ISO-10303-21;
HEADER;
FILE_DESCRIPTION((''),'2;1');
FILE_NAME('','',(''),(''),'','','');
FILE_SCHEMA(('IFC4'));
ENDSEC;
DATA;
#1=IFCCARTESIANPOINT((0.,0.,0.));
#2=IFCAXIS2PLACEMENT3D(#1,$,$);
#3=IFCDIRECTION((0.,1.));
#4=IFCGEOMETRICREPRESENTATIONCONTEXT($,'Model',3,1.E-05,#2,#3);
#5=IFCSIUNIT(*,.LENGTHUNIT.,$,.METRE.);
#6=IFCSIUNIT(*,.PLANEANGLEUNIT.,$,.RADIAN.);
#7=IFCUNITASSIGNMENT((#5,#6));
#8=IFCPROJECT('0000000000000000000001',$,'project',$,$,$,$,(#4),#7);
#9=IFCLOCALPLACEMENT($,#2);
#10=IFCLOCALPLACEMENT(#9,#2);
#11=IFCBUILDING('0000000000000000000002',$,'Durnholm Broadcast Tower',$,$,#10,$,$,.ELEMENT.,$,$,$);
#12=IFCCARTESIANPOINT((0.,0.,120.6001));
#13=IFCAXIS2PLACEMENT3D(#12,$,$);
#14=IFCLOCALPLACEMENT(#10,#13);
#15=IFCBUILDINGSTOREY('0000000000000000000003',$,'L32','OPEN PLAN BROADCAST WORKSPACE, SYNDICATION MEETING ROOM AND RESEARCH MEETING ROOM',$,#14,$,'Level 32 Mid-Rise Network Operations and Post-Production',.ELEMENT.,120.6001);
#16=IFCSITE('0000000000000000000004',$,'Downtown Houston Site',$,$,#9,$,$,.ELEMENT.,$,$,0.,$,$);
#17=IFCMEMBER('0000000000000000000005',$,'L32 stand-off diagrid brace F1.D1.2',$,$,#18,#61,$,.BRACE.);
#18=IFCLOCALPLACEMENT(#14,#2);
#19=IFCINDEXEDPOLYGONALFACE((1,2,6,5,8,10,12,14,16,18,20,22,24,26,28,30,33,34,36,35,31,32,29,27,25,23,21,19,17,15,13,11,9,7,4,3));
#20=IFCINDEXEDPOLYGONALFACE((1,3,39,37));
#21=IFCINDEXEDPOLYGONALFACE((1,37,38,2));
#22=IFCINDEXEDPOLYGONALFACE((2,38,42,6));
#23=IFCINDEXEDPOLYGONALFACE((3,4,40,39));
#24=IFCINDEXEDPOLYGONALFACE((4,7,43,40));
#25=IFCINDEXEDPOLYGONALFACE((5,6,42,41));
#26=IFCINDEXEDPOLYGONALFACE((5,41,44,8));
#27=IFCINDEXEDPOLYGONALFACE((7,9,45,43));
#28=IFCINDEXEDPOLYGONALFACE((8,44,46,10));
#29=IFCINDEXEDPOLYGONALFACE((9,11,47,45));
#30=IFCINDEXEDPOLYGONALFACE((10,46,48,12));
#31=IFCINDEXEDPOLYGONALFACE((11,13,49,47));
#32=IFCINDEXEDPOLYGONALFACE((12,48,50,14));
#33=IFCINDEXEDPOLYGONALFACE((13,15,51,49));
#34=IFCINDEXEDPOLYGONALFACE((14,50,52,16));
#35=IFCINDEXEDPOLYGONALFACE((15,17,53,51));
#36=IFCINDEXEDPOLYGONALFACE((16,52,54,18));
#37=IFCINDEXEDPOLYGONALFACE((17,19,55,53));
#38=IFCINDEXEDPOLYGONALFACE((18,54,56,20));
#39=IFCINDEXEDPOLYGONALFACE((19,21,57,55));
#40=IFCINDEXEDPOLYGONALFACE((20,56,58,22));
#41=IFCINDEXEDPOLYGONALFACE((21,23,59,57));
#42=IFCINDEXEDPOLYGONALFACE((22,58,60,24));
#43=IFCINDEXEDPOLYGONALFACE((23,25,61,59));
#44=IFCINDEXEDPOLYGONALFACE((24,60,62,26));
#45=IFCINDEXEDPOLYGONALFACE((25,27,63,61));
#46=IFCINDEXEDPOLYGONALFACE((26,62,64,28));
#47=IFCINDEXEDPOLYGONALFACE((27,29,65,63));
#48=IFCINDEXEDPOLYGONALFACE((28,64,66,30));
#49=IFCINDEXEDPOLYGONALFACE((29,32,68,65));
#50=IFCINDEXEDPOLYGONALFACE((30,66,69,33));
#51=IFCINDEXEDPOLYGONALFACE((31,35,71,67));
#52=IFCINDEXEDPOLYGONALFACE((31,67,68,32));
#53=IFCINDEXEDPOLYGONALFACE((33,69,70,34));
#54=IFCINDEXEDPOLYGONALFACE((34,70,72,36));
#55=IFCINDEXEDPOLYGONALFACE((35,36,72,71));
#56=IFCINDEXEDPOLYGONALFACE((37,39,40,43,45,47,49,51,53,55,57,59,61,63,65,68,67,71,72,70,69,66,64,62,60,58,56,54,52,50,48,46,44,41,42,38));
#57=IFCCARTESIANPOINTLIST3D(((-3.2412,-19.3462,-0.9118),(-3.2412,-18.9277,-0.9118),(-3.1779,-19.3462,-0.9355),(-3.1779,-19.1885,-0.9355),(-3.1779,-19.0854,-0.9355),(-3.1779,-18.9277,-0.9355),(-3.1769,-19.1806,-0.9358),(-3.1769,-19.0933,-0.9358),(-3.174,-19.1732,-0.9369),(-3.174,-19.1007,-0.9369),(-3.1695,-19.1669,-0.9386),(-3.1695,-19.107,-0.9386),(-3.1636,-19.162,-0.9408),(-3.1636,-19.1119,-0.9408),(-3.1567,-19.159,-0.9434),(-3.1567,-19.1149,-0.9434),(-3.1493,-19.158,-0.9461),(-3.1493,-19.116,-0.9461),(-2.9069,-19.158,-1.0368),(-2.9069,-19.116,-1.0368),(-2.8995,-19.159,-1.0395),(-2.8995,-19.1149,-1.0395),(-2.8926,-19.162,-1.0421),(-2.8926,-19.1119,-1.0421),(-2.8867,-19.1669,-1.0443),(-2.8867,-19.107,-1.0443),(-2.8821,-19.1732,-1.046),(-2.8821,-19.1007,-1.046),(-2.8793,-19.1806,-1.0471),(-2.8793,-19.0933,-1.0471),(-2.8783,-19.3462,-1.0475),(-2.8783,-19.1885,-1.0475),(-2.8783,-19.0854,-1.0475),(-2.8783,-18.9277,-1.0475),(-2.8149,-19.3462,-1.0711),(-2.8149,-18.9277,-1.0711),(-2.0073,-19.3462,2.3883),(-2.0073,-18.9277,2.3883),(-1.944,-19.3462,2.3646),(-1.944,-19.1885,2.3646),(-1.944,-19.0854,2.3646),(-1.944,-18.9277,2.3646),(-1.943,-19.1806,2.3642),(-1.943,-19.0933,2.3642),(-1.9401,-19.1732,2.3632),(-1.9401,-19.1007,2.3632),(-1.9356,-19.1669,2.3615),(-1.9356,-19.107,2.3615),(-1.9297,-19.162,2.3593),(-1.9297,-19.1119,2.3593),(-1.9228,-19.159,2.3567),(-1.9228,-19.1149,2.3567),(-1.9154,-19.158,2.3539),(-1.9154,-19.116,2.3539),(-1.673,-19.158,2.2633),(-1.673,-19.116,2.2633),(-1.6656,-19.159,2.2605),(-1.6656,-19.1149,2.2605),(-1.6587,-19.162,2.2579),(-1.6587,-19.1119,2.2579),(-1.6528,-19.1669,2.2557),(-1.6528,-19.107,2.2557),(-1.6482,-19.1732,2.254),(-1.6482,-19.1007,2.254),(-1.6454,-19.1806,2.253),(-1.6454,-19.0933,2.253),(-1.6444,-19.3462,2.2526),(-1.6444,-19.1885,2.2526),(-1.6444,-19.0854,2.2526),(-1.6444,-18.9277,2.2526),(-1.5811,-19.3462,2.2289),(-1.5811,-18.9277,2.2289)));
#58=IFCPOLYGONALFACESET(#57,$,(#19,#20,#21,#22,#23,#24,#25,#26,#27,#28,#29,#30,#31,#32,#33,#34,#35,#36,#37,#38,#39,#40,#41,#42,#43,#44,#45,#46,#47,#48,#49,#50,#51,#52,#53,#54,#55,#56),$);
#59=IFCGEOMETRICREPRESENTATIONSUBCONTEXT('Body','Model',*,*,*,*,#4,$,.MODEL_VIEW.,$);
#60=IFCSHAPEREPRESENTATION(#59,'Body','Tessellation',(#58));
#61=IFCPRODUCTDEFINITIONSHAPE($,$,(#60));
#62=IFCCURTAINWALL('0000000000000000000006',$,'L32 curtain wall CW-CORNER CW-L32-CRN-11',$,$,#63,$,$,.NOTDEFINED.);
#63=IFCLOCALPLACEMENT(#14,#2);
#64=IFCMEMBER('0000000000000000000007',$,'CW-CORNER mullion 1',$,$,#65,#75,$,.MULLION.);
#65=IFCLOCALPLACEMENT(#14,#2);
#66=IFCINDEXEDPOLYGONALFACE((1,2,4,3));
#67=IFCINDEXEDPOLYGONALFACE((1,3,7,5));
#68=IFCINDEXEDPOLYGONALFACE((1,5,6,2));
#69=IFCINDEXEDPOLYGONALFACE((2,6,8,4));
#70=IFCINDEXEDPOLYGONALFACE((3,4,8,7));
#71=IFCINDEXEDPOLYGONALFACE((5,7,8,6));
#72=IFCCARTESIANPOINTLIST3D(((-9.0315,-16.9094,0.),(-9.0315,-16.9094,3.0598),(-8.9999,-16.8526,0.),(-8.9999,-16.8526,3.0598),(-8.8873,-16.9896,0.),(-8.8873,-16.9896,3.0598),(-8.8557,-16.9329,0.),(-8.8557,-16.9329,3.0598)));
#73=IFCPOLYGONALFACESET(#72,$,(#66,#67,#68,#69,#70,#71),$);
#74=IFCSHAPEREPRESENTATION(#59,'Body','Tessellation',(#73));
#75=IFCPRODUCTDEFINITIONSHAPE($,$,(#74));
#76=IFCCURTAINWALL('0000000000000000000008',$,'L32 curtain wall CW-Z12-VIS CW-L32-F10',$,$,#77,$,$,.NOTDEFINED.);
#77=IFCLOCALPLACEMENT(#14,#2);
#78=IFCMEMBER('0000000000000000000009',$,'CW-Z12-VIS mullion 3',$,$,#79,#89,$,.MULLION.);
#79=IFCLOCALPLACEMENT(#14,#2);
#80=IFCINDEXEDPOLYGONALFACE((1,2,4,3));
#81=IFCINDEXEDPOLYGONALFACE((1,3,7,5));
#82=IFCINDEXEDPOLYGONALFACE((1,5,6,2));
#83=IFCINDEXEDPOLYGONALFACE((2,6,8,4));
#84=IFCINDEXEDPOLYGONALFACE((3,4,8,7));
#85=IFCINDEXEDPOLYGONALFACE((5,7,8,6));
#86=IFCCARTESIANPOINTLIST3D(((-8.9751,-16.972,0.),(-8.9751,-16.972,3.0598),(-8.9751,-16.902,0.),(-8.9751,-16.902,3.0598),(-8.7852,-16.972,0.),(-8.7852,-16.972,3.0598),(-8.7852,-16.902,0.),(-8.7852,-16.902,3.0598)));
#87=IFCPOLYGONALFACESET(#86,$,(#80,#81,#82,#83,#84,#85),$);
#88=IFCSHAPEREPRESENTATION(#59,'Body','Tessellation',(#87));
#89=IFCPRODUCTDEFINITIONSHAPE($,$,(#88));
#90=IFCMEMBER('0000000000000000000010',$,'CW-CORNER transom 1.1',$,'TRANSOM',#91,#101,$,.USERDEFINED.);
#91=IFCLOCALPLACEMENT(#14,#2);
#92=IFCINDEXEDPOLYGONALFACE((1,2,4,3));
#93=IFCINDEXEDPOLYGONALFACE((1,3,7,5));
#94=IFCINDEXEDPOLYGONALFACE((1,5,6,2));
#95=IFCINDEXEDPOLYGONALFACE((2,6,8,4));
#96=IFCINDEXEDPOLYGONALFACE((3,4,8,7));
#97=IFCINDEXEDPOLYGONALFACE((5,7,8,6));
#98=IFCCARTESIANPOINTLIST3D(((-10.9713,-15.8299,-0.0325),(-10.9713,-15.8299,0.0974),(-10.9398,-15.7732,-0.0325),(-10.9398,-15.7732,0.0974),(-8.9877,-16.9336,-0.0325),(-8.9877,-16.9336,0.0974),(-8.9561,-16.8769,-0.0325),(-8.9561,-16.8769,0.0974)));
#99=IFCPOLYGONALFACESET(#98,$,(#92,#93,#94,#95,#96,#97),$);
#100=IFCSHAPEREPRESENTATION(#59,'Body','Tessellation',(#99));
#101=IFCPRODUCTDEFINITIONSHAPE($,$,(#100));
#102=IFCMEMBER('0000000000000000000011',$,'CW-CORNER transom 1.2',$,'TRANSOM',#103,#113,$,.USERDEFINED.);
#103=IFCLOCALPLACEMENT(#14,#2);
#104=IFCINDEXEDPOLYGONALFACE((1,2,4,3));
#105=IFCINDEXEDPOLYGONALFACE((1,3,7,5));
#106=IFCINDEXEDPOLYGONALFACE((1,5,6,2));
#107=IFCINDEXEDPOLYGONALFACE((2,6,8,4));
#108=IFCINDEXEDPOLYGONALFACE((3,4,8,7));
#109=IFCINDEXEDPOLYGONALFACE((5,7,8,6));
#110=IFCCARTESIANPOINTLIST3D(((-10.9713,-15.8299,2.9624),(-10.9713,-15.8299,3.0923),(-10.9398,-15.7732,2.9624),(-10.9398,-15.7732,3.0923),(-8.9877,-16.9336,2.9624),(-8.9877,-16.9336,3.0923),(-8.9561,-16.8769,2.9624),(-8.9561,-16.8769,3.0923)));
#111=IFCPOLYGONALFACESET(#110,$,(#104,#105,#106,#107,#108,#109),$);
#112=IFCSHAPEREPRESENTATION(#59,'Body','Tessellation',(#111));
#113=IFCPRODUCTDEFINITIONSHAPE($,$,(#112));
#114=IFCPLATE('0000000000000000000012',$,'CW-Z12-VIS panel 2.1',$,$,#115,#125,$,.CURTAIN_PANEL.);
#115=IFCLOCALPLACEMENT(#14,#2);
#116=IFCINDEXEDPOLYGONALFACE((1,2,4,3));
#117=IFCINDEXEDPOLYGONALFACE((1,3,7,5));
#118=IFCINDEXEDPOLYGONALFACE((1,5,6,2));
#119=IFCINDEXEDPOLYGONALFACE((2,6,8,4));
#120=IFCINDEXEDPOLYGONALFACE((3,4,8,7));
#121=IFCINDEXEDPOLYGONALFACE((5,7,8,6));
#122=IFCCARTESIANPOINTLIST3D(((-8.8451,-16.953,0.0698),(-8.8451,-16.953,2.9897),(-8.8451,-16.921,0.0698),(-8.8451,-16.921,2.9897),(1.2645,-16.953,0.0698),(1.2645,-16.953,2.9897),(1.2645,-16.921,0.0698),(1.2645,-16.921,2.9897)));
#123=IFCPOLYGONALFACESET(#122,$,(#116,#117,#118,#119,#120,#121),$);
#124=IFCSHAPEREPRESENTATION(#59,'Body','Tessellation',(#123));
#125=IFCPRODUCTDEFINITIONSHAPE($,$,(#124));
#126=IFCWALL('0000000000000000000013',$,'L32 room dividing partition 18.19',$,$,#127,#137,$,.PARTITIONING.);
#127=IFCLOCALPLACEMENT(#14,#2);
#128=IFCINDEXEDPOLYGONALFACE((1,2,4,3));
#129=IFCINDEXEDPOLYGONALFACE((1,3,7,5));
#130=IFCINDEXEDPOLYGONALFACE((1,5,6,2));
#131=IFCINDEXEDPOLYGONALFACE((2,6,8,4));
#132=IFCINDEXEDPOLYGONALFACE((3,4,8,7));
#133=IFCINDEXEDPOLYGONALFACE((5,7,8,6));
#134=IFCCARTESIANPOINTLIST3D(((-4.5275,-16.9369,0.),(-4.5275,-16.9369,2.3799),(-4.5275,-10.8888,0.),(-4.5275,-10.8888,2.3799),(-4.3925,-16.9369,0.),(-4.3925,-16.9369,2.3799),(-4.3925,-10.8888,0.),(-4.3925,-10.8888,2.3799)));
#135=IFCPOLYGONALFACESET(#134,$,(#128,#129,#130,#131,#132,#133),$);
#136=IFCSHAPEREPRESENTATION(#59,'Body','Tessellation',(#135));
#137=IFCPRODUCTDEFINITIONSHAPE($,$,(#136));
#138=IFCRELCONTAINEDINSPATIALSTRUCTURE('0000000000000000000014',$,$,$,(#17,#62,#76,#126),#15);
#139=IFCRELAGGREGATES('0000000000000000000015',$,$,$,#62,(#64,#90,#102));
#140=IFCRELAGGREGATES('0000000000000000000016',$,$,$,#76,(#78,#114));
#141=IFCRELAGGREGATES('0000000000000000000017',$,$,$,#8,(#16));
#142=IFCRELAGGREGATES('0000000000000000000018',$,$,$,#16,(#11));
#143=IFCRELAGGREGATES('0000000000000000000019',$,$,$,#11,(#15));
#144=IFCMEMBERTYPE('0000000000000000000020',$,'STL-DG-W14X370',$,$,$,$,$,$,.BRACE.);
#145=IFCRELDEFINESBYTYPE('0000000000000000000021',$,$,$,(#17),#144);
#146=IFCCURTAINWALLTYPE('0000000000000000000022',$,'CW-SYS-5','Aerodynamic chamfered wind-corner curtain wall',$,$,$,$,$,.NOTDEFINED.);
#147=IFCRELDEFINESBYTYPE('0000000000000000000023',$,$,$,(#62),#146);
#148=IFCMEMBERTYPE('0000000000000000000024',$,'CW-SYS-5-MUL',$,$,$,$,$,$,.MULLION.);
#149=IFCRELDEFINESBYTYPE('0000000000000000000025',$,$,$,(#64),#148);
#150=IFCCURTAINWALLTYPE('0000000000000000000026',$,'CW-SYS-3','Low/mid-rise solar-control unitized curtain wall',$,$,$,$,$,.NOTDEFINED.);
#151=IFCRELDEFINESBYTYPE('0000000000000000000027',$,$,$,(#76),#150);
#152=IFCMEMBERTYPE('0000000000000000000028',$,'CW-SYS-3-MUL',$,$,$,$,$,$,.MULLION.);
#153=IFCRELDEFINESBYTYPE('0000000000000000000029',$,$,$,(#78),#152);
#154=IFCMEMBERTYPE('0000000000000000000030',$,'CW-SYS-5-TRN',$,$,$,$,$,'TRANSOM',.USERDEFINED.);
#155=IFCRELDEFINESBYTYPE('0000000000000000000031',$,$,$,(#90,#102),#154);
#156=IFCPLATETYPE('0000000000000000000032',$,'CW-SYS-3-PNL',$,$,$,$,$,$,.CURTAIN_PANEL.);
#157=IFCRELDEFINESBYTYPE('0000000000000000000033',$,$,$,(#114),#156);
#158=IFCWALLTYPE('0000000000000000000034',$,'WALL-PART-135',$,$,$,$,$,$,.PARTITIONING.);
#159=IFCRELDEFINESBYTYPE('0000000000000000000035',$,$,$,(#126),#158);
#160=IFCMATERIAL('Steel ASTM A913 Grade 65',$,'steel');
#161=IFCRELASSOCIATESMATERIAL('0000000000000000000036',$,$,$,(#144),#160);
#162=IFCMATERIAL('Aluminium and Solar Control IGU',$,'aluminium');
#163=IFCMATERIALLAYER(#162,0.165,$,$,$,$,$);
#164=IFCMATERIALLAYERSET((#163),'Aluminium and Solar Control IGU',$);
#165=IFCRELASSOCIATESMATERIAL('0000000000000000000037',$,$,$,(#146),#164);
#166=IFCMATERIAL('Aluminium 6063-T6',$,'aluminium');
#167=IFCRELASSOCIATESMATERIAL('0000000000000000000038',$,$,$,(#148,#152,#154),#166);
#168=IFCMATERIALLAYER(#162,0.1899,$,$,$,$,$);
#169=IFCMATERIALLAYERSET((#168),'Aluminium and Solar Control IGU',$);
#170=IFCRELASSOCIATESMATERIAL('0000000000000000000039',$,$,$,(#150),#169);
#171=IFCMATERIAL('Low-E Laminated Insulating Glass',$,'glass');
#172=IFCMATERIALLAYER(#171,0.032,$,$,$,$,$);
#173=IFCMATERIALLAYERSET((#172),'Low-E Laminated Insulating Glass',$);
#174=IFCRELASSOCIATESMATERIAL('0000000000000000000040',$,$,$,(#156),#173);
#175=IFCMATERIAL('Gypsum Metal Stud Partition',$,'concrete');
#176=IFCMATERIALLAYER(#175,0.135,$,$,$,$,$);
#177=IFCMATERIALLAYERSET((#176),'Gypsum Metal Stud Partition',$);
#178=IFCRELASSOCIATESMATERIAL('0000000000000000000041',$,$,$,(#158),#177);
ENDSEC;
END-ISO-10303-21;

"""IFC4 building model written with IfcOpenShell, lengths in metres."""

from ifc_helpers import new_model, si_unit, direction, frame, frame_2d, origin, origin_2d, place, context, subcontext, project, spatial, rectangle, i_section, extrude, source, transform, mapped, material, layer, layer_set, material_profile, profile_set, type_object, type_shapes, element, aggregate, save


model = new_model("IFC4")

# Units and contexts
model_context = context("Model", 3, precision=1e-05, world=origin(), true_north=direction((0.0, 1.0)))
body_context = subcontext(model_context, "Body", "Model", "MODEL_VIEW")
ifc_project = project(units=[si_unit("LENGTHUNIT", "METRE"), si_unit("PLANEANGLEUNIT", "RADIAN")], contexts=[model_context])

# Site, building, storey
site_placement = place(None, origin())
site = spatial("IfcSite", under=ifc_project, at=site_placement, Name="Downtown Houston Site", CompositionType="ELEMENT", RefElevation=0.0)
building_placement = place(site_placement, origin())
building = spatial("IfcBuilding", under=site, at=building_placement, Name="Durnholm Broadcast Tower", CompositionType="ELEMENT")
storey_placement = place(building_placement, frame((0.0, 0.0, 120.6001)))
storey = spatial("IfcBuildingStorey", under=building, at=storey_placement, Name="L32", Description="OPEN PLAN BROADCAST WORKSPACE, SYNDICATION MEETING ROOM AND RESEARCH MEETING ROOM", LongName="Level 32 Mid-Rise Network Operations and Post-Production", CompositionType="ELEMENT", Elevation=120.6001)

# Member
ifc_material_1 = material(Name="Steel ASTM A913 Grade 65", Category="steel")
ifc_material_profile_1 = material_profile(ifc_material_1, i_section(OverallWidth=0.4185, OverallDepth=0.4551, WebThickness=0.042, FlangeThickness=0.0676, FilletRadius=0.0305, at=origin_2d()), Name="W14X370")
ifc_profile_set_1 = profile_set([ifc_material_profile_1], Name="Steel ASTM A913 Grade 65")
member_type_1 = type_object("IfcMemberType", Name="STL-DG-W14X370", PredefinedType="BRACE", material=ifc_profile_set_1)
shared_shape_1 = source(origin(), body_context, "Body", "SweptSolid", [
    extrude(i_section(OverallWidth=0.4185, OverallDepth=0.4551, WebThickness=0.042, FlangeThickness=0.0676, FilletRadius=0.0305, at=origin_2d()), origin(), (0.0, 0.0, 1.0), 3.5232),
])
type_shapes(member_type_1, [shared_shape_1])
for number, where, z_axis, x_axis, name in (
    (1, (-3.0281, -19.137, -0.9915), (0.35022, 0.0, 0.936668), (0.0, 1.0, 0.0), "L32 stand-off diagrid brace F1.D1.2"),
):
    element("IfcMember", number, at=place(storey_placement, frame(where, z_axis=z_axis, x_axis=x_axis)), inside=storey, type_object=member_type_1, Name=name, PredefinedType="BRACE", context=body_context, shape_type="MappedRepresentation", body=[
        mapped(shared_shape_1, transform((0.0, 0.0, 0.0), x_axis=(1.0, 0.0, 0.0), y_axis=(0.0, 1.0, 0.0), z_axis=(0.0, 0.0, 1.0), scale=1.0)),
    ])

# Curtain walls, members
ifc_material_2 = material(Name="Aluminium and Solar Control IGU", Category="aluminium")
ifc_layer_1 = layer(ifc_material_2, 0.165)
ifc_layer_set_1 = layer_set([ifc_layer_1], Name="Aluminium and Solar Control IGU")
curtain_wall_type_1 = type_object("IfcCurtainWallType", Name="CW-SYS-5", Description="Aerodynamic chamfered wind-corner curtain wall", PredefinedType="NOTDEFINED", material=ifc_layer_set_1)
curtain_wall_1_placement = place(storey_placement, origin())
curtain_wall_1 = element("IfcCurtainWall", 2, at=curtain_wall_1_placement, inside=storey, type_object=curtain_wall_type_1, Name="L32 curtain wall CW-CORNER CW-L32-CRN-11", PredefinedType="NOTDEFINED")
ifc_material_3 = material(Name="Aluminium 6063-T6", Category="aluminium")
ifc_material_profile_2 = material_profile(ifc_material_3, rectangle(XDim=0.0649, YDim=0.165, at=origin_2d()), Name="CWM65X165")
ifc_profile_set_2 = profile_set([ifc_material_profile_2], Name="Aluminium 6063-T6")
member_type_2 = type_object("IfcMemberType", Name="CW-SYS-5-MUL", PredefinedType="MULLION", material=ifc_profile_set_2)
shared_shape_2 = source(origin(), body_context, "Body", "SweptSolid", [
    extrude(rectangle(XDim=0.0649, YDim=0.165, at=origin_2d()), origin(), (0.0, 0.0, 1.0), 3.0598),
])
type_shapes(member_type_2, [shared_shape_2])
member_1_placement = place(storey_placement, frame((-8.9436, -16.9211, 0.0), z_axis=(0.0, 0.0, 1.0), x_axis=(-0.486244, -0.873823, 0.0)))
member_1 = element("IfcMember", 3, at=member_1_placement, type_object=member_type_2, Name="CW-CORNER mullion 1", PredefinedType="MULLION", context=body_context, shape_type="MappedRepresentation", body=[
    mapped(shared_shape_2, transform((0.0, 0.0, 0.0), x_axis=(1.0, 0.0, 0.0), y_axis=(0.0, 1.0, 0.0), z_axis=(0.0, 0.0, 1.0), scale=1.0)),
])
ifc_layer_2 = layer(ifc_material_2, 0.1899)
ifc_layer_set_2 = layer_set([ifc_layer_2], Name="Aluminium and Solar Control IGU")
curtain_wall_type_2 = type_object("IfcCurtainWallType", Name="CW-SYS-3", Description="Low/mid-rise solar-control unitized curtain wall", PredefinedType="NOTDEFINED", material=ifc_layer_set_2)
curtain_wall_2_placement = place(storey_placement, origin())
curtain_wall_2 = element("IfcCurtainWall", 4, at=curtain_wall_2_placement, inside=storey, type_object=curtain_wall_type_2, Name="L32 curtain wall CW-Z12-VIS CW-L32-F10", PredefinedType="NOTDEFINED")
ifc_material_profile_3 = material_profile(ifc_material_3, rectangle(XDim=0.0701, YDim=0.1899, at=origin_2d()), Name="CWM70X190")
ifc_profile_set_3 = profile_set([ifc_material_profile_3], Name="Aluminium 6063-T6")
member_type_3 = type_object("IfcMemberType", Name="CW-SYS-3-MUL", PredefinedType="MULLION", material=ifc_profile_set_3)
shared_shape_3 = source(origin(), body_context, "Body", "SweptSolid", [
    extrude(rectangle(XDim=0.0701, YDim=0.1899, at=origin_2d()), origin(), (0.0, 0.0, 1.0), 3.0598),
])
type_shapes(member_type_3, [shared_shape_3])
member_2_placement = place(storey_placement, frame((-8.8801, -16.937, 0.0), z_axis=(0.0, 0.0, 1.0), x_axis=(0.0, -1.0, 0.0)))
member_2 = element("IfcMember", 5, at=member_2_placement, type_object=member_type_3, Name="CW-Z12-VIS mullion 3", PredefinedType="MULLION", context=body_context, shape_type="MappedRepresentation", body=[
    mapped(shared_shape_3, transform((0.0, 0.0, 0.0), x_axis=(1.0, 0.0, 0.0), y_axis=(0.0, 1.0, 0.0), z_axis=(0.0, 0.0, 1.0), scale=1.0)),
])

# Members
ifc_material_profile_4 = material_profile(ifc_material_3, rectangle(XDim=0.0649, YDim=0.1299, at=origin_2d()), Name="CWT65X130")
ifc_profile_set_4 = profile_set([ifc_material_profile_4], Name="Aluminium 6063-T6")
member_type_4 = type_object("IfcMemberType", Name="CW-SYS-5-TRN", ElementType="TRANSOM", PredefinedType="USERDEFINED", material=ifc_profile_set_4)
shared_shape_4 = source(origin(), body_context, "Body", "SweptSolid", [
    extrude(rectangle(XDim=0.0649, YDim=0.1299, at=origin_2d()), origin(), (0.0, 0.0, 1.0), 2.27),
])
type_shapes(member_type_4, [shared_shape_4])
member_3_placement = place(storey_placement, frame((-8.9719, -16.9053, 0.0325), z_axis=(-0.873832, 0.486227, 0.0), x_axis=(-0.486227, -0.873832, 0.0)))
member_3 = element("IfcMember", 6, at=member_3_placement, type_object=member_type_4, Name="CW-CORNER transom 1.1", ObjectType="TRANSOM", PredefinedType="USERDEFINED", context=body_context, shape_type="MappedRepresentation", body=[
    mapped(shared_shape_4, transform((0.0, 0.0, 0.0), x_axis=(1.0, 0.0, 0.0), y_axis=(0.0, 1.0, 0.0), z_axis=(0.0, 0.0, 1.0), scale=1.0)),
])
member_4_placement = place(storey_placement, frame((-8.9719, -16.9053, 3.0273), z_axis=(-0.873832, 0.486227, 0.0), x_axis=(-0.486227, -0.873832, 0.0)))
member_4 = element("IfcMember", 7, at=member_4_placement, type_object=member_type_4, Name="CW-CORNER transom 1.2", ObjectType="TRANSOM", PredefinedType="USERDEFINED", context=body_context, shape_type="MappedRepresentation", body=[
    mapped(shared_shape_4, transform((0.0, 0.0, 0.0), x_axis=(1.0, 0.0, 0.0), y_axis=(0.0, 1.0, 0.0), z_axis=(0.0, 0.0, 1.0), scale=1.0)),
])
aggregate(curtain_wall_1, [member_1, member_3, member_4])

# Plate
ifc_material_4 = material(Name="Low-E Laminated Insulating Glass", Category="glass")
ifc_layer_3 = layer(ifc_material_4, 0.032)
ifc_layer_set_3 = layer_set([ifc_layer_3], Name="Low-E Laminated Insulating Glass")
plate_type = type_object("IfcPlateType", Name="CW-SYS-3-PNL", PredefinedType="CURTAIN_PANEL", material=ifc_layer_set_3)
shared_shape_5 = source(origin(), body_context, "Body", "SweptSolid", [
    extrude(rectangle(XDim=10.1096, YDim=0.032, at=origin_2d()), origin(), (0.0, 0.0, 1.0), 2.9199),
])
type_shapes(plate_type, [shared_shape_5])
plate_placement = place(storey_placement, frame((-3.7903, -16.937, 0.0698), z_axis=(0.0, 0.0, 1.0), x_axis=(-1.0, 0.0, 0.0)))
plate = element("IfcPlate", 8, at=plate_placement, type_object=plate_type, Name="CW-Z12-VIS panel 2.1", PredefinedType="CURTAIN_PANEL", context=body_context, shape_type="MappedRepresentation", body=[
    mapped(shared_shape_5, transform((0.0, 0.0, 0.0), x_axis=(1.0, 0.0, 0.0), y_axis=(0.0, 1.0, 0.0), z_axis=(0.0, 0.0, 1.0), scale=1.0)),
])
aggregate(curtain_wall_2, [member_2, plate])

# Wall
ifc_material_5 = material(Name="Gypsum Metal Stud Partition", Category="concrete")
ifc_layer_4 = layer(ifc_material_5, 0.135)
ifc_layer_set_4 = layer_set([ifc_layer_4], Name="Gypsum Metal Stud Partition")
wall_type_1 = type_object("IfcWallType", Name="WALL-PART-135", PredefinedType="PARTITIONING", material=ifc_layer_set_4)
wall_1_placement = place(storey_placement, frame((-4.46, -10.8889, 0.0), z_axis=(0.0, 0.0, 1.0), x_axis=(0.0, -1.0, 0.0)))
element("IfcWall", 9, at=wall_1_placement, inside=storey, type_object=wall_type_1, Name="L32 room dividing partition 18.19", PredefinedType="PARTITIONING", context=body_context, shape_type="SweptSolid", body=[
    extrude(rectangle(XDim=6.0481, YDim=0.135, at=frame_2d((3.0239, 0.0))), origin(), (0.0, 0.0, 1.0), 2.3799),
])

save(model, "model.ifc")
